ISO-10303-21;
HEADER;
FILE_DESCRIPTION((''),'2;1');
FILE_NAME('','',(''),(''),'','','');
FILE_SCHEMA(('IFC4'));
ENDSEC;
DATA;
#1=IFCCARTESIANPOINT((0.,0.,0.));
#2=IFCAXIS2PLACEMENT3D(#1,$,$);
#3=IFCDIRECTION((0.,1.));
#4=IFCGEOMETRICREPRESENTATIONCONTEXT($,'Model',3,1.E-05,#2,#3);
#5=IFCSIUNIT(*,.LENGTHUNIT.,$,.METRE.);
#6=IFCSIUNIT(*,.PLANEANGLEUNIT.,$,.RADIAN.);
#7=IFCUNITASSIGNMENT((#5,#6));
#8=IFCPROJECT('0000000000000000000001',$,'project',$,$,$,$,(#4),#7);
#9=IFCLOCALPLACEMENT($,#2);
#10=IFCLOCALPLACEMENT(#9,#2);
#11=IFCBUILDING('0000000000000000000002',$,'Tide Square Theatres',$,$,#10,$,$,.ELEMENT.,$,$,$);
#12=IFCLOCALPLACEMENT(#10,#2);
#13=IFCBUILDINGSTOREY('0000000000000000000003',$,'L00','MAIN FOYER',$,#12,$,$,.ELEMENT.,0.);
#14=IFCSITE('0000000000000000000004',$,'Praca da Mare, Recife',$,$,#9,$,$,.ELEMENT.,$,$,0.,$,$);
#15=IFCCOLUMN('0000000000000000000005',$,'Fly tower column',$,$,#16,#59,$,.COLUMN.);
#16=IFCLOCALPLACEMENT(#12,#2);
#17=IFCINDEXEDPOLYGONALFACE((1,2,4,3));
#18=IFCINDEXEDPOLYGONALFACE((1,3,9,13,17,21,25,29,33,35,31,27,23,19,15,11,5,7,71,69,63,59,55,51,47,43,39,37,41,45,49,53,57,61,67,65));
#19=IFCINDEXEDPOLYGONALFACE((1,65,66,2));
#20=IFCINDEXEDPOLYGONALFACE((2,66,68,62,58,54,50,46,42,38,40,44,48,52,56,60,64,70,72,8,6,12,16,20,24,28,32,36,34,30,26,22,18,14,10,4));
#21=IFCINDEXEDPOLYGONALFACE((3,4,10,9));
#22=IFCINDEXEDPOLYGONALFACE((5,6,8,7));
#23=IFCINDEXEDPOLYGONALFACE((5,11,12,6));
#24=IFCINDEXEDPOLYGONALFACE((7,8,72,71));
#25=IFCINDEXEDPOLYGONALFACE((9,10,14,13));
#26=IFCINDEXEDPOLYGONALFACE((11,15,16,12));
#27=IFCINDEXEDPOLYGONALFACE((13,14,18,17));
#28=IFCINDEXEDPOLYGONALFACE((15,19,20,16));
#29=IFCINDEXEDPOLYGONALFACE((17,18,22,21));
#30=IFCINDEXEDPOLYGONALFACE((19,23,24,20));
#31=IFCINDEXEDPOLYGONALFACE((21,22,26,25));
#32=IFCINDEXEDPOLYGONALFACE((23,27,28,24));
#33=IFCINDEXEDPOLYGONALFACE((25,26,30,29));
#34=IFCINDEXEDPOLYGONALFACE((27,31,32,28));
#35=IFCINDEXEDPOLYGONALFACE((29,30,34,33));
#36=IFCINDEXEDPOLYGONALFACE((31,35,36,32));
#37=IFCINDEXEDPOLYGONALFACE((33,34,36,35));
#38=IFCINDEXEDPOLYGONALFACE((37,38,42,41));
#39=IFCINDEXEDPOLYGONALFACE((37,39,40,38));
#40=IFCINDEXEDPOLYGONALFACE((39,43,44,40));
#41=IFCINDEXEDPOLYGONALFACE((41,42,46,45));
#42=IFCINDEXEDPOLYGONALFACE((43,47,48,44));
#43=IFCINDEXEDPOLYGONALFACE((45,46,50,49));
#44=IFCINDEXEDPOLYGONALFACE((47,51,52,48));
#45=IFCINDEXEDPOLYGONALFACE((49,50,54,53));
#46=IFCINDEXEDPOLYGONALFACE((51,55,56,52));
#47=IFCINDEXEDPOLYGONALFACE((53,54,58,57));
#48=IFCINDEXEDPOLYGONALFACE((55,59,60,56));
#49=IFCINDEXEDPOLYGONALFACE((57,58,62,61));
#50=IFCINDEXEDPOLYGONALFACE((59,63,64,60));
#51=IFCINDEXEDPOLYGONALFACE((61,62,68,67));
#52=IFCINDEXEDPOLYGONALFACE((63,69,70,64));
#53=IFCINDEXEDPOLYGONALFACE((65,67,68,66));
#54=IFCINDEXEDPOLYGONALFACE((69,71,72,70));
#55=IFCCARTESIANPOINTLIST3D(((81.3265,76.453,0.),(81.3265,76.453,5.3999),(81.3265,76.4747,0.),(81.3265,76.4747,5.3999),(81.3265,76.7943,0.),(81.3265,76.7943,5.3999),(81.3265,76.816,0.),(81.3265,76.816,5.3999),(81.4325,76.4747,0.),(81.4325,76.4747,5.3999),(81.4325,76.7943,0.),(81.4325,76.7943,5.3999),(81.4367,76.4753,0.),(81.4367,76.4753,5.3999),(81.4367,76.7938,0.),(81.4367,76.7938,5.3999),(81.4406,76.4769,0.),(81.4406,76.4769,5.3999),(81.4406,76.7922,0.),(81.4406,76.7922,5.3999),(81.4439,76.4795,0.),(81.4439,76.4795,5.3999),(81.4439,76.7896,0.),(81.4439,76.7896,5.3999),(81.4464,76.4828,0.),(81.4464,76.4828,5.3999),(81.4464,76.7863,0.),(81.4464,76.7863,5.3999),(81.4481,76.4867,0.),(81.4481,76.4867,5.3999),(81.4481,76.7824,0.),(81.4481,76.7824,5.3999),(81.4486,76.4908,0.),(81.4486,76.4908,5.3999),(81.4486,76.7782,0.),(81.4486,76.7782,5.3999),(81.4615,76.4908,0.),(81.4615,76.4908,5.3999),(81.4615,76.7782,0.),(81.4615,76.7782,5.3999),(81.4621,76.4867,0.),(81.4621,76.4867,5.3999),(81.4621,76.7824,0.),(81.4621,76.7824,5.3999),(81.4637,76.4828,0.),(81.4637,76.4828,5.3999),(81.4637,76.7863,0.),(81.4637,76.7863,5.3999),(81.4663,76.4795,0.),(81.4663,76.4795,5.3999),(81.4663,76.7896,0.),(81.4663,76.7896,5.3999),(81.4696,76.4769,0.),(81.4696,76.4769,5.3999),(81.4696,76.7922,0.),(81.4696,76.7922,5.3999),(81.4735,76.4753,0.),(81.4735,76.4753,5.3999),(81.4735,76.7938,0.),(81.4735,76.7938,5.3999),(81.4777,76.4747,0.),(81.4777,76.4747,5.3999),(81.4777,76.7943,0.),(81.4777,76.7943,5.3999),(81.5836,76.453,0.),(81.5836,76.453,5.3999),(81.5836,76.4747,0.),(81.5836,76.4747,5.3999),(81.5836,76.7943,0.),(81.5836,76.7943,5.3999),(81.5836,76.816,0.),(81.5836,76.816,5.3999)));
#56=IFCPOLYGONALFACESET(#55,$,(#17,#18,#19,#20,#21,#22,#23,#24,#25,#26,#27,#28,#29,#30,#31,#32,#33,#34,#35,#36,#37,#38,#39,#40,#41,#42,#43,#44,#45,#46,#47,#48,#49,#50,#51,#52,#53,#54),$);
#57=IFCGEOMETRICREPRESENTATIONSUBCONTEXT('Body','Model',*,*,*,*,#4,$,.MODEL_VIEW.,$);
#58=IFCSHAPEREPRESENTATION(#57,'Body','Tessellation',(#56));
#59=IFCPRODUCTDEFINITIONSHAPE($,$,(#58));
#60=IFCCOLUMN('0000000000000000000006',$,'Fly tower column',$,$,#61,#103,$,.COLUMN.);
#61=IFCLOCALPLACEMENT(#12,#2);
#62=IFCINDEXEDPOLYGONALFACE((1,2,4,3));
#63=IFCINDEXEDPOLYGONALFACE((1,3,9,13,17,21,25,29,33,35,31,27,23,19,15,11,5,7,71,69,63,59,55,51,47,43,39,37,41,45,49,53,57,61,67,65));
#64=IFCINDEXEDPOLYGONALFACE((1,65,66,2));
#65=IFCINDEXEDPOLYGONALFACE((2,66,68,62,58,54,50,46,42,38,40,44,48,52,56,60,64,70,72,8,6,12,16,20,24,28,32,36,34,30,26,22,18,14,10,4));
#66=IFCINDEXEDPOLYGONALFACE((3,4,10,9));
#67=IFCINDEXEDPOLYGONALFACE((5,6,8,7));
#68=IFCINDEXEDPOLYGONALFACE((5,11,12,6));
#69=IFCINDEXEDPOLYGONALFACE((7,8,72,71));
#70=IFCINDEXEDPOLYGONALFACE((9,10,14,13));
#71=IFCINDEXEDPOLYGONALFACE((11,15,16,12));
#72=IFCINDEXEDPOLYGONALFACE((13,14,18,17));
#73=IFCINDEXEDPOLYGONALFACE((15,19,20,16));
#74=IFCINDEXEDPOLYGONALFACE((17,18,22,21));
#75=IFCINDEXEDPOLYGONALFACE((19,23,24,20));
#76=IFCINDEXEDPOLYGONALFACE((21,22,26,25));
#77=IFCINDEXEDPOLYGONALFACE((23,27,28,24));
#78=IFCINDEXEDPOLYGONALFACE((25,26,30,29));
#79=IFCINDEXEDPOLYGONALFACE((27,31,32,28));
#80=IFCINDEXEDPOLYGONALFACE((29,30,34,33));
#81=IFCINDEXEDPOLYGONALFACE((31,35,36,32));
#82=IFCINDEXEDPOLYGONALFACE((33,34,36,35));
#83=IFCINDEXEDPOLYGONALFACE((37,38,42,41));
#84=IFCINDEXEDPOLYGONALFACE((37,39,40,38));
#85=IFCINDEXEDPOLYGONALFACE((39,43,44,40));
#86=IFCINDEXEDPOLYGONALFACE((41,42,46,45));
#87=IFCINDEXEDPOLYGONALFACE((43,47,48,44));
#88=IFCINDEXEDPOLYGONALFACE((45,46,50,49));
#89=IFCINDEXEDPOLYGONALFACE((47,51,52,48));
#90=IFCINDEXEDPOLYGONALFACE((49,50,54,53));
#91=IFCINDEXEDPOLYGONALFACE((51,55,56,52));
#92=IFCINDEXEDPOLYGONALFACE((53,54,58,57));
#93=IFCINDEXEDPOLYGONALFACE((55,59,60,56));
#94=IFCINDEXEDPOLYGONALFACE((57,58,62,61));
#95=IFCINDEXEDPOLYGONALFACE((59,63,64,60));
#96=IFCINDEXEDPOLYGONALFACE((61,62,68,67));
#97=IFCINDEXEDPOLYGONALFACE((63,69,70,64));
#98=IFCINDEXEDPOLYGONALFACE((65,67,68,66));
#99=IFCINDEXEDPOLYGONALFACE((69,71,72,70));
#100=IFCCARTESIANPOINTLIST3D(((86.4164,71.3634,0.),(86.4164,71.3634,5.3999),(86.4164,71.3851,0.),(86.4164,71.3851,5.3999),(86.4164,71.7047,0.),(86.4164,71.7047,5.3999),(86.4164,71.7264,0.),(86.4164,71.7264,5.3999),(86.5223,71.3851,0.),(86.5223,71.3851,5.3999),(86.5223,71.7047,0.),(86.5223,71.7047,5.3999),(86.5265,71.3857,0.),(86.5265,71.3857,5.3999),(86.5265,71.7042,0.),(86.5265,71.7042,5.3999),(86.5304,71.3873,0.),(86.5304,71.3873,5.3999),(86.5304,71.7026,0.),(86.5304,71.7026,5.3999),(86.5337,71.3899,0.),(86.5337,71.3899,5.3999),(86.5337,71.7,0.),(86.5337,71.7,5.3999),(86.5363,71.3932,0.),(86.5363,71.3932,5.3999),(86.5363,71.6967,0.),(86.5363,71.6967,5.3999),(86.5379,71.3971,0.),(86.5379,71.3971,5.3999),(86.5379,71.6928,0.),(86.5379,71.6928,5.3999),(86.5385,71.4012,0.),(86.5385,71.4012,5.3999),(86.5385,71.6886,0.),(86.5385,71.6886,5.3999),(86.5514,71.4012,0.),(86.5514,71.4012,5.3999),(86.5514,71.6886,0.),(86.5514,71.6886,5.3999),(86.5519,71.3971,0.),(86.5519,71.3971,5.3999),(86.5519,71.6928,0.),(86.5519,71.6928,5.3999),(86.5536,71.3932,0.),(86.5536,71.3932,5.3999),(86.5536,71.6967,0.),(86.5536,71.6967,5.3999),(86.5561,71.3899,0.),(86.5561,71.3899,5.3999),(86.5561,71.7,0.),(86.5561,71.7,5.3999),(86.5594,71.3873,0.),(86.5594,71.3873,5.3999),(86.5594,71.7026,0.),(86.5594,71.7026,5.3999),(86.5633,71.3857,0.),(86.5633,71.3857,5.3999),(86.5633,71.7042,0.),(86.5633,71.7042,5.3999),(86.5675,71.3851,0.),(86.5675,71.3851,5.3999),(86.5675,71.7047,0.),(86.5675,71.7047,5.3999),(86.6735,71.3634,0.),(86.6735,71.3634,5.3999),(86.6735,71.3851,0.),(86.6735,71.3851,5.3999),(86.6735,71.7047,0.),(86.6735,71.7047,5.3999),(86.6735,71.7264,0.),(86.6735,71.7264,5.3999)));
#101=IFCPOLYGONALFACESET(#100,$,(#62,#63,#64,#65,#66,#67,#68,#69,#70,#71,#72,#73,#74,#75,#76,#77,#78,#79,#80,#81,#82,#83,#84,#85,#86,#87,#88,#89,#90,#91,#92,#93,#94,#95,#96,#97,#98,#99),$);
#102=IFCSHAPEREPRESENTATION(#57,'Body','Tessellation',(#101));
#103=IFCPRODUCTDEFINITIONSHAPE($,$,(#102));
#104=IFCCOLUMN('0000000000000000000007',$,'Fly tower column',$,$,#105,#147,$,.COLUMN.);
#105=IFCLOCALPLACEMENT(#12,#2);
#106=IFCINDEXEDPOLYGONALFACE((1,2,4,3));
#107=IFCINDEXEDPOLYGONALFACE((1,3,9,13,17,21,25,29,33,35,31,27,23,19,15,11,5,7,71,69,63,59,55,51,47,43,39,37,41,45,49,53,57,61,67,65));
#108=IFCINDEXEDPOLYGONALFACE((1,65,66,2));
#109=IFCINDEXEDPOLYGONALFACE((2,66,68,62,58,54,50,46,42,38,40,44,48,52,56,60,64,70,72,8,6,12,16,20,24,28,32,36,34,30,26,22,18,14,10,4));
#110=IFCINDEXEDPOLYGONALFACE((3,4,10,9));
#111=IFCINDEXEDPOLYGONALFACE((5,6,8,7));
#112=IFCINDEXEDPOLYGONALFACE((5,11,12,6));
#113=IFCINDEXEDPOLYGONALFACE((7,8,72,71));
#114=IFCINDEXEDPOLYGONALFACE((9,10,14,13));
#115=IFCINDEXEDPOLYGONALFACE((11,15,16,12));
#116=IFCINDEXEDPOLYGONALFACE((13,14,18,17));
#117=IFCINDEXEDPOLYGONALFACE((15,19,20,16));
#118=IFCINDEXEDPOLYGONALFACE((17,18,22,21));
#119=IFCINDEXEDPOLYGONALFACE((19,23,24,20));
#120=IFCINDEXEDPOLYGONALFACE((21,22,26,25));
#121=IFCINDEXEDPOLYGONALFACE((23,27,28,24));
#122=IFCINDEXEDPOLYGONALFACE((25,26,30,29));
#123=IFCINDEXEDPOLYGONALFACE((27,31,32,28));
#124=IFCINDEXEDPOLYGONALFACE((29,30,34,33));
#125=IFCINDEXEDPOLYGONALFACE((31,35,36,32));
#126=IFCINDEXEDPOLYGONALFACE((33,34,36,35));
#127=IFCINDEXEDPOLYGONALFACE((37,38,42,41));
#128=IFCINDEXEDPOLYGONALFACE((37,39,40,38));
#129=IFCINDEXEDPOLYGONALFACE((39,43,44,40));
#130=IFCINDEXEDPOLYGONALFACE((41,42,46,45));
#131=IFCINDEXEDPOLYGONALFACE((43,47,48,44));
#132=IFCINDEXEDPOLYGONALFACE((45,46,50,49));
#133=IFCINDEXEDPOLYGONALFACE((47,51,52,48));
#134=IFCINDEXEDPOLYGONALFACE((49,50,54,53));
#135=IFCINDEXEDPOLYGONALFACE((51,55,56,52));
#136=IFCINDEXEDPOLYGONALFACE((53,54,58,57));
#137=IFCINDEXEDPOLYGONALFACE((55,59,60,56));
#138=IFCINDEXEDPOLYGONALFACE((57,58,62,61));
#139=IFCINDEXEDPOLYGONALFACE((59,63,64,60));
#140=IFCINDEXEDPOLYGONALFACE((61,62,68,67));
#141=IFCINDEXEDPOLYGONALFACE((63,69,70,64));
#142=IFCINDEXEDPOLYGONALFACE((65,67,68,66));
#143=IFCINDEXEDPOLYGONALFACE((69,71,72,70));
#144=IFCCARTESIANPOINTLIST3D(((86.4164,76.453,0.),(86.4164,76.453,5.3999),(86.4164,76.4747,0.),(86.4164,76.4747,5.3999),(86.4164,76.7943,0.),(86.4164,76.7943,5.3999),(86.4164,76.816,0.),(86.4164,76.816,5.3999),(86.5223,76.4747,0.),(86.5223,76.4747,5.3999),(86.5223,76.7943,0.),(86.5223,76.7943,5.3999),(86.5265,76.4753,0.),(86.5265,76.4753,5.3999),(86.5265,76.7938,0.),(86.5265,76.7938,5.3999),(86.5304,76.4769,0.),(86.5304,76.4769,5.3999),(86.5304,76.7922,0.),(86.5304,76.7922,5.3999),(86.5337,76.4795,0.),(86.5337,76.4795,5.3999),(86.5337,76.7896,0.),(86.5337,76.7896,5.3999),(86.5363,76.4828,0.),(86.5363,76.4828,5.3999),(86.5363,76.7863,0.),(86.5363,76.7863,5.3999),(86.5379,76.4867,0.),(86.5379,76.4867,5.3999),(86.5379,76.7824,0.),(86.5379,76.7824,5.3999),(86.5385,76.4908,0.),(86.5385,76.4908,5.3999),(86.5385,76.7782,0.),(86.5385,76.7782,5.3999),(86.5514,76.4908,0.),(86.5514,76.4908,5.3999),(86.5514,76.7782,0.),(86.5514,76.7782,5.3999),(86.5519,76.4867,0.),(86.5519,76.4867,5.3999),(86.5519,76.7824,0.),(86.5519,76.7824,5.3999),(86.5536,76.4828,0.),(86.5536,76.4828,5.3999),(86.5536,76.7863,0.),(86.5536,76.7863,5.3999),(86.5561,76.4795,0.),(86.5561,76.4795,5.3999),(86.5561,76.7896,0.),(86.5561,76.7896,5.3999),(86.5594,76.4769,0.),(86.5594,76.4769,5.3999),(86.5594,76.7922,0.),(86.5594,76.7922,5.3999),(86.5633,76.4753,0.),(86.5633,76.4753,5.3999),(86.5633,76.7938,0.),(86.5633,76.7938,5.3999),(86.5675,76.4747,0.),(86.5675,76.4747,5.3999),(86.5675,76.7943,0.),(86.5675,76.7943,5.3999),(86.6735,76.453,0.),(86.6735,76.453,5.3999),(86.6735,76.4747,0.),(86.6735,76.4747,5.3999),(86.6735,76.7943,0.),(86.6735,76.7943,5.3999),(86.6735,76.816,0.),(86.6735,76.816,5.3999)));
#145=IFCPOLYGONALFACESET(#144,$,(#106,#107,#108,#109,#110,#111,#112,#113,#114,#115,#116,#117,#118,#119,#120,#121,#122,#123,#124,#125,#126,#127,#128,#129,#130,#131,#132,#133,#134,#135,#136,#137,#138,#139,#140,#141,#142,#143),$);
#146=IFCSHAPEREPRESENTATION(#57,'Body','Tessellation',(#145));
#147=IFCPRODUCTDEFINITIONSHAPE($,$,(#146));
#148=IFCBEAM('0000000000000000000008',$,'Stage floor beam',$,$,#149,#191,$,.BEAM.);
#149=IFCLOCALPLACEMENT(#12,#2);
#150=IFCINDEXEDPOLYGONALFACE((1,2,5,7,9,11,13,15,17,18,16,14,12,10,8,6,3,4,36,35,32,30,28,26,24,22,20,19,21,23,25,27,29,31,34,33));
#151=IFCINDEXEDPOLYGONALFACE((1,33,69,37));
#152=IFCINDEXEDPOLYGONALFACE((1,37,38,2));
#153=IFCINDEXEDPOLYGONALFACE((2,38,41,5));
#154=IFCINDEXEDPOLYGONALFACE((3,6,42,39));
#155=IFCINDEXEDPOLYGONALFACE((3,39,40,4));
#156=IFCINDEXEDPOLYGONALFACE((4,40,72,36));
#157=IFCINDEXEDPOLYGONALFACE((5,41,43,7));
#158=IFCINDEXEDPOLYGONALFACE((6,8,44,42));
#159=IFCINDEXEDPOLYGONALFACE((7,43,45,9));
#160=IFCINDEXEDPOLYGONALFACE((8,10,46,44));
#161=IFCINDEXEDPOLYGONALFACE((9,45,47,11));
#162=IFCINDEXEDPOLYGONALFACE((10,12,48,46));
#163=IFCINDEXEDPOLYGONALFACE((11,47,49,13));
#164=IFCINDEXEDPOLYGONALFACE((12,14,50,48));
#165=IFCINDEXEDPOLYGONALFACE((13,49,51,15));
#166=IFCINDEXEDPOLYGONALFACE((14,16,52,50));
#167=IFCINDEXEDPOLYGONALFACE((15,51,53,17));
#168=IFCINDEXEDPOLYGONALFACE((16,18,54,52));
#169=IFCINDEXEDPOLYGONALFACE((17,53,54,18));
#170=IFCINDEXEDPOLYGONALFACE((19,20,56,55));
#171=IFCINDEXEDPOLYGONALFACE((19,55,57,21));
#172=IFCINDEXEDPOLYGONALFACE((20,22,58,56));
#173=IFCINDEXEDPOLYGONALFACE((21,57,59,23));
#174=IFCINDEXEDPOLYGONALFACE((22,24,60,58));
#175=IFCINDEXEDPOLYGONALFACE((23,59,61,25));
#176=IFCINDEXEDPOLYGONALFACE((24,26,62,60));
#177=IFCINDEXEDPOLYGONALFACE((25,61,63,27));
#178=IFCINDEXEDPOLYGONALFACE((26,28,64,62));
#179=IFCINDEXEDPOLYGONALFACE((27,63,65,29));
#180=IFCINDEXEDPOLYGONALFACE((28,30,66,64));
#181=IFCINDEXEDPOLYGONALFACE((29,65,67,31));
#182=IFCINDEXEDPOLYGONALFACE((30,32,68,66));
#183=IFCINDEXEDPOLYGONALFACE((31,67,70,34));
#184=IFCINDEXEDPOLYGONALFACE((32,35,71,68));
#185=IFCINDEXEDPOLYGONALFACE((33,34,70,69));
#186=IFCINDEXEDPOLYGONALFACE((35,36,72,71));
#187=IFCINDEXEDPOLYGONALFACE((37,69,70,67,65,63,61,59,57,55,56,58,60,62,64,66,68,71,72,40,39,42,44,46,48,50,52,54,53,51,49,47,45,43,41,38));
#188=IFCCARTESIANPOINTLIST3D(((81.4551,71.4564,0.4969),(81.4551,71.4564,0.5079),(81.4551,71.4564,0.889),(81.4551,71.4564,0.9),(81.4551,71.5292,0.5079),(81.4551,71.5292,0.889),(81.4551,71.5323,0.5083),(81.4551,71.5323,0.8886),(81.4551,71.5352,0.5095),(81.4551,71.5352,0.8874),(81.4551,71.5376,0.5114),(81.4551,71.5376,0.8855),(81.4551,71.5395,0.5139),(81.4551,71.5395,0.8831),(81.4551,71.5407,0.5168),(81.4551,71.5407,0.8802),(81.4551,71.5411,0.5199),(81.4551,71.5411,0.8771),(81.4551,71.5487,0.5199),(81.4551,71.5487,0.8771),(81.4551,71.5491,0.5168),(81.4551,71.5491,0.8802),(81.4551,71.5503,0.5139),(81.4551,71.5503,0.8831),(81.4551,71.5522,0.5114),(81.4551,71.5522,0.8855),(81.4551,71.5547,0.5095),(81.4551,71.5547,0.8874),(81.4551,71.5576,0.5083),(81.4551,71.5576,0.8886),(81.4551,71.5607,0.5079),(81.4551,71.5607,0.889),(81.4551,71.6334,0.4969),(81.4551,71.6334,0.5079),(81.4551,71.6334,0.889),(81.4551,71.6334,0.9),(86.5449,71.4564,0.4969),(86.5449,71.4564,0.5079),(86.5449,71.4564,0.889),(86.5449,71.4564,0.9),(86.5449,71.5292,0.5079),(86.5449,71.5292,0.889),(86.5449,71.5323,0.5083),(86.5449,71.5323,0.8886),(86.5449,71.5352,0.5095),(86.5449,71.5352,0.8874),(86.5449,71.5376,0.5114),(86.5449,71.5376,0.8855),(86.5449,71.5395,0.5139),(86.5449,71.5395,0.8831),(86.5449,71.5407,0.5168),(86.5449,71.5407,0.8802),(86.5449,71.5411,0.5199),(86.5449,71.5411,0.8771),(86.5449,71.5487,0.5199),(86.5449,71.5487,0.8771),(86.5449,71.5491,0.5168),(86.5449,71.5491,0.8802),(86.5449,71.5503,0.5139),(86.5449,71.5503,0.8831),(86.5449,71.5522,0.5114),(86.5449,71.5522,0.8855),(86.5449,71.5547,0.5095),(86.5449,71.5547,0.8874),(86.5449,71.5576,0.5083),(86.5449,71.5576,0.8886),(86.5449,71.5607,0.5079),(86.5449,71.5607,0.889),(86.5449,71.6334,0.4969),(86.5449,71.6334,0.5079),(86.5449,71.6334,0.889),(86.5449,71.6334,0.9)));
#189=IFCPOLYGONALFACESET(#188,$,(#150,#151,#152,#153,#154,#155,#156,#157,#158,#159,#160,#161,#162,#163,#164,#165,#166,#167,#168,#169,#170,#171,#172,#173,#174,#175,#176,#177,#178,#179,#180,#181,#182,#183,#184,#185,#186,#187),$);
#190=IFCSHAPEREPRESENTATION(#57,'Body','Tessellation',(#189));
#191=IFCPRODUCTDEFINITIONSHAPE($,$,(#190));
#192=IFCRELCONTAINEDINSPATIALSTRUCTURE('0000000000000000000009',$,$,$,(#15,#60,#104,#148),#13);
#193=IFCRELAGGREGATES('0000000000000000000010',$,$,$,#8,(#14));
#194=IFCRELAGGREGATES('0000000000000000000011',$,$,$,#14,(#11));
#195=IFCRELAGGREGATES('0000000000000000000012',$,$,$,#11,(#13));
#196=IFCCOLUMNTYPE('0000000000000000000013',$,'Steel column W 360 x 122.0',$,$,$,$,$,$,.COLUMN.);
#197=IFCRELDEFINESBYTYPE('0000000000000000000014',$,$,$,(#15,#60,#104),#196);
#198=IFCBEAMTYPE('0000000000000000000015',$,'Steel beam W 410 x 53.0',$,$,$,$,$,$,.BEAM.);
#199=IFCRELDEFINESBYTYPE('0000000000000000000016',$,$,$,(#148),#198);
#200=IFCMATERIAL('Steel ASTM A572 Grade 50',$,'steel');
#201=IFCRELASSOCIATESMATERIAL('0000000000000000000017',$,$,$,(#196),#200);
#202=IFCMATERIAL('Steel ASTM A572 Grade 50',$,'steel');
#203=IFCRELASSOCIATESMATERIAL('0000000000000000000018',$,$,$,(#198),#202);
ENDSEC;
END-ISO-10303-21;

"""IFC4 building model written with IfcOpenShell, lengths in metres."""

from ifc_helpers import new_model, si_unit, direction, frame, origin, origin_2d, place, context, subcontext, project, spatial, i_section, extrude, material, material_profile, profile_set, type_object, element, save


model = new_model("IFC4")

# Units and contexts
model_context = context("Model", 3, precision=1e-05, world=origin(), true_north=direction((0.0, 1.0)))
body_context = subcontext(model_context, "Body", "Model", "MODEL_VIEW")
ifc_project = project(units=[si_unit("LENGTHUNIT", "METRE"), si_unit("PLANEANGLEUNIT", "RADIAN")], contexts=[model_context])

# Site, building, storey
site_placement = place(None, origin())
site = spatial("IfcSite", under=ifc_project, at=site_placement, Name="Praca da Mare, Recife", CompositionType="ELEMENT", RefElevation=0.0)
building_placement = place(site_placement, origin())
building = spatial("IfcBuilding", under=site, at=building_placement, Name="Tide Square Theatres", CompositionType="ELEMENT")
storey_placement = place(building_placement, origin())
storey = spatial("IfcBuildingStorey", under=building, at=storey_placement, Name="L00", Description="MAIN FOYER", CompositionType="ELEMENT", Elevation=0.0)

# Columns
ifc_material_1 = material(Name="Steel ASTM A572 Grade 50", Category="steel")
ifc_material_profile_1 = material_profile(ifc_material_1, i_section(OverallWidth=0.2571, OverallDepth=0.363, WebThickness=0.0129, FlangeThickness=0.0217, FilletRadius=0.0161, at=origin_2d()))
ifc_profile_set_1 = profile_set([ifc_material_profile_1], Name="Steel ASTM A572 Grade 50")
column_type_1 = type_object("IfcColumnType", Name="Steel column W 360 x 122.0", PredefinedType="COLUMN", material=ifc_profile_set_1)
for number, where, z_axis, x_axis, name in (
    (1, (81.4551, 76.6345, 0.0), (0.0, 0.0, 1.0), (1.0, 0.0, 0.0), "Fly tower column"),
    (2, (86.5449, 71.5449, 0.0), (0.0, 0.0, 1.0), (1.0, 0.0, 0.0), "Fly tower column"),
    (3, (86.5449, 76.6345, 0.0), (0.0, 0.0, 1.0), (1.0, 0.0, 0.0), "Fly tower column"),
):
    element("IfcColumn", number, at=place(storey_placement, frame(where, z_axis=z_axis, x_axis=x_axis)), inside=storey, type_object=column_type_1, Name=name, PredefinedType="COLUMN", context=body_context, shape_type="SweptSolid", body=[
        extrude(i_section(OverallWidth=0.2571, OverallDepth=0.363, WebThickness=0.0129, FlangeThickness=0.0217, FilletRadius=0.0161, at=origin_2d()), origin(), (0.0, 0.0, 1.0), 5.3999),
    ])

# Beam
ifc_material_2 = material(Name="Steel ASTM A572 Grade 50", Category="steel")
ifc_material_profile_2 = material_profile(ifc_material_2, i_section(OverallWidth=0.177, OverallDepth=0.4031, WebThickness=0.0076, FlangeThickness=0.011, FilletRadius=0.012, at=origin_2d()))
ifc_profile_set_2 = profile_set([ifc_material_profile_2], Name="Steel ASTM A572 Grade 50")
beam_type = type_object("IfcBeamType", Name="Steel beam W 410 x 53.0", PredefinedType="BEAM", material=ifc_profile_set_2)
beam_1_placement = place(storey_placement, frame((81.4551, 71.5449, 0.6985), z_axis=(1.0, 0.0, 0.0), x_axis=(0.0, 1.0, 0.0)))
element("IfcBeam", 4, at=beam_1_placement, inside=storey, type_object=beam_type, Name="Stage floor beam", PredefinedType="BEAM", context=body_context, shape_type="SweptSolid", body=[
    extrude(i_section(OverallWidth=0.177, OverallDepth=0.4031, WebThickness=0.0076, FlangeThickness=0.011, FilletRadius=0.012, at=origin_2d()), origin(), (0.0, 0.0, 1.0), 5.0898),
])

save(model, "model.ifc")
